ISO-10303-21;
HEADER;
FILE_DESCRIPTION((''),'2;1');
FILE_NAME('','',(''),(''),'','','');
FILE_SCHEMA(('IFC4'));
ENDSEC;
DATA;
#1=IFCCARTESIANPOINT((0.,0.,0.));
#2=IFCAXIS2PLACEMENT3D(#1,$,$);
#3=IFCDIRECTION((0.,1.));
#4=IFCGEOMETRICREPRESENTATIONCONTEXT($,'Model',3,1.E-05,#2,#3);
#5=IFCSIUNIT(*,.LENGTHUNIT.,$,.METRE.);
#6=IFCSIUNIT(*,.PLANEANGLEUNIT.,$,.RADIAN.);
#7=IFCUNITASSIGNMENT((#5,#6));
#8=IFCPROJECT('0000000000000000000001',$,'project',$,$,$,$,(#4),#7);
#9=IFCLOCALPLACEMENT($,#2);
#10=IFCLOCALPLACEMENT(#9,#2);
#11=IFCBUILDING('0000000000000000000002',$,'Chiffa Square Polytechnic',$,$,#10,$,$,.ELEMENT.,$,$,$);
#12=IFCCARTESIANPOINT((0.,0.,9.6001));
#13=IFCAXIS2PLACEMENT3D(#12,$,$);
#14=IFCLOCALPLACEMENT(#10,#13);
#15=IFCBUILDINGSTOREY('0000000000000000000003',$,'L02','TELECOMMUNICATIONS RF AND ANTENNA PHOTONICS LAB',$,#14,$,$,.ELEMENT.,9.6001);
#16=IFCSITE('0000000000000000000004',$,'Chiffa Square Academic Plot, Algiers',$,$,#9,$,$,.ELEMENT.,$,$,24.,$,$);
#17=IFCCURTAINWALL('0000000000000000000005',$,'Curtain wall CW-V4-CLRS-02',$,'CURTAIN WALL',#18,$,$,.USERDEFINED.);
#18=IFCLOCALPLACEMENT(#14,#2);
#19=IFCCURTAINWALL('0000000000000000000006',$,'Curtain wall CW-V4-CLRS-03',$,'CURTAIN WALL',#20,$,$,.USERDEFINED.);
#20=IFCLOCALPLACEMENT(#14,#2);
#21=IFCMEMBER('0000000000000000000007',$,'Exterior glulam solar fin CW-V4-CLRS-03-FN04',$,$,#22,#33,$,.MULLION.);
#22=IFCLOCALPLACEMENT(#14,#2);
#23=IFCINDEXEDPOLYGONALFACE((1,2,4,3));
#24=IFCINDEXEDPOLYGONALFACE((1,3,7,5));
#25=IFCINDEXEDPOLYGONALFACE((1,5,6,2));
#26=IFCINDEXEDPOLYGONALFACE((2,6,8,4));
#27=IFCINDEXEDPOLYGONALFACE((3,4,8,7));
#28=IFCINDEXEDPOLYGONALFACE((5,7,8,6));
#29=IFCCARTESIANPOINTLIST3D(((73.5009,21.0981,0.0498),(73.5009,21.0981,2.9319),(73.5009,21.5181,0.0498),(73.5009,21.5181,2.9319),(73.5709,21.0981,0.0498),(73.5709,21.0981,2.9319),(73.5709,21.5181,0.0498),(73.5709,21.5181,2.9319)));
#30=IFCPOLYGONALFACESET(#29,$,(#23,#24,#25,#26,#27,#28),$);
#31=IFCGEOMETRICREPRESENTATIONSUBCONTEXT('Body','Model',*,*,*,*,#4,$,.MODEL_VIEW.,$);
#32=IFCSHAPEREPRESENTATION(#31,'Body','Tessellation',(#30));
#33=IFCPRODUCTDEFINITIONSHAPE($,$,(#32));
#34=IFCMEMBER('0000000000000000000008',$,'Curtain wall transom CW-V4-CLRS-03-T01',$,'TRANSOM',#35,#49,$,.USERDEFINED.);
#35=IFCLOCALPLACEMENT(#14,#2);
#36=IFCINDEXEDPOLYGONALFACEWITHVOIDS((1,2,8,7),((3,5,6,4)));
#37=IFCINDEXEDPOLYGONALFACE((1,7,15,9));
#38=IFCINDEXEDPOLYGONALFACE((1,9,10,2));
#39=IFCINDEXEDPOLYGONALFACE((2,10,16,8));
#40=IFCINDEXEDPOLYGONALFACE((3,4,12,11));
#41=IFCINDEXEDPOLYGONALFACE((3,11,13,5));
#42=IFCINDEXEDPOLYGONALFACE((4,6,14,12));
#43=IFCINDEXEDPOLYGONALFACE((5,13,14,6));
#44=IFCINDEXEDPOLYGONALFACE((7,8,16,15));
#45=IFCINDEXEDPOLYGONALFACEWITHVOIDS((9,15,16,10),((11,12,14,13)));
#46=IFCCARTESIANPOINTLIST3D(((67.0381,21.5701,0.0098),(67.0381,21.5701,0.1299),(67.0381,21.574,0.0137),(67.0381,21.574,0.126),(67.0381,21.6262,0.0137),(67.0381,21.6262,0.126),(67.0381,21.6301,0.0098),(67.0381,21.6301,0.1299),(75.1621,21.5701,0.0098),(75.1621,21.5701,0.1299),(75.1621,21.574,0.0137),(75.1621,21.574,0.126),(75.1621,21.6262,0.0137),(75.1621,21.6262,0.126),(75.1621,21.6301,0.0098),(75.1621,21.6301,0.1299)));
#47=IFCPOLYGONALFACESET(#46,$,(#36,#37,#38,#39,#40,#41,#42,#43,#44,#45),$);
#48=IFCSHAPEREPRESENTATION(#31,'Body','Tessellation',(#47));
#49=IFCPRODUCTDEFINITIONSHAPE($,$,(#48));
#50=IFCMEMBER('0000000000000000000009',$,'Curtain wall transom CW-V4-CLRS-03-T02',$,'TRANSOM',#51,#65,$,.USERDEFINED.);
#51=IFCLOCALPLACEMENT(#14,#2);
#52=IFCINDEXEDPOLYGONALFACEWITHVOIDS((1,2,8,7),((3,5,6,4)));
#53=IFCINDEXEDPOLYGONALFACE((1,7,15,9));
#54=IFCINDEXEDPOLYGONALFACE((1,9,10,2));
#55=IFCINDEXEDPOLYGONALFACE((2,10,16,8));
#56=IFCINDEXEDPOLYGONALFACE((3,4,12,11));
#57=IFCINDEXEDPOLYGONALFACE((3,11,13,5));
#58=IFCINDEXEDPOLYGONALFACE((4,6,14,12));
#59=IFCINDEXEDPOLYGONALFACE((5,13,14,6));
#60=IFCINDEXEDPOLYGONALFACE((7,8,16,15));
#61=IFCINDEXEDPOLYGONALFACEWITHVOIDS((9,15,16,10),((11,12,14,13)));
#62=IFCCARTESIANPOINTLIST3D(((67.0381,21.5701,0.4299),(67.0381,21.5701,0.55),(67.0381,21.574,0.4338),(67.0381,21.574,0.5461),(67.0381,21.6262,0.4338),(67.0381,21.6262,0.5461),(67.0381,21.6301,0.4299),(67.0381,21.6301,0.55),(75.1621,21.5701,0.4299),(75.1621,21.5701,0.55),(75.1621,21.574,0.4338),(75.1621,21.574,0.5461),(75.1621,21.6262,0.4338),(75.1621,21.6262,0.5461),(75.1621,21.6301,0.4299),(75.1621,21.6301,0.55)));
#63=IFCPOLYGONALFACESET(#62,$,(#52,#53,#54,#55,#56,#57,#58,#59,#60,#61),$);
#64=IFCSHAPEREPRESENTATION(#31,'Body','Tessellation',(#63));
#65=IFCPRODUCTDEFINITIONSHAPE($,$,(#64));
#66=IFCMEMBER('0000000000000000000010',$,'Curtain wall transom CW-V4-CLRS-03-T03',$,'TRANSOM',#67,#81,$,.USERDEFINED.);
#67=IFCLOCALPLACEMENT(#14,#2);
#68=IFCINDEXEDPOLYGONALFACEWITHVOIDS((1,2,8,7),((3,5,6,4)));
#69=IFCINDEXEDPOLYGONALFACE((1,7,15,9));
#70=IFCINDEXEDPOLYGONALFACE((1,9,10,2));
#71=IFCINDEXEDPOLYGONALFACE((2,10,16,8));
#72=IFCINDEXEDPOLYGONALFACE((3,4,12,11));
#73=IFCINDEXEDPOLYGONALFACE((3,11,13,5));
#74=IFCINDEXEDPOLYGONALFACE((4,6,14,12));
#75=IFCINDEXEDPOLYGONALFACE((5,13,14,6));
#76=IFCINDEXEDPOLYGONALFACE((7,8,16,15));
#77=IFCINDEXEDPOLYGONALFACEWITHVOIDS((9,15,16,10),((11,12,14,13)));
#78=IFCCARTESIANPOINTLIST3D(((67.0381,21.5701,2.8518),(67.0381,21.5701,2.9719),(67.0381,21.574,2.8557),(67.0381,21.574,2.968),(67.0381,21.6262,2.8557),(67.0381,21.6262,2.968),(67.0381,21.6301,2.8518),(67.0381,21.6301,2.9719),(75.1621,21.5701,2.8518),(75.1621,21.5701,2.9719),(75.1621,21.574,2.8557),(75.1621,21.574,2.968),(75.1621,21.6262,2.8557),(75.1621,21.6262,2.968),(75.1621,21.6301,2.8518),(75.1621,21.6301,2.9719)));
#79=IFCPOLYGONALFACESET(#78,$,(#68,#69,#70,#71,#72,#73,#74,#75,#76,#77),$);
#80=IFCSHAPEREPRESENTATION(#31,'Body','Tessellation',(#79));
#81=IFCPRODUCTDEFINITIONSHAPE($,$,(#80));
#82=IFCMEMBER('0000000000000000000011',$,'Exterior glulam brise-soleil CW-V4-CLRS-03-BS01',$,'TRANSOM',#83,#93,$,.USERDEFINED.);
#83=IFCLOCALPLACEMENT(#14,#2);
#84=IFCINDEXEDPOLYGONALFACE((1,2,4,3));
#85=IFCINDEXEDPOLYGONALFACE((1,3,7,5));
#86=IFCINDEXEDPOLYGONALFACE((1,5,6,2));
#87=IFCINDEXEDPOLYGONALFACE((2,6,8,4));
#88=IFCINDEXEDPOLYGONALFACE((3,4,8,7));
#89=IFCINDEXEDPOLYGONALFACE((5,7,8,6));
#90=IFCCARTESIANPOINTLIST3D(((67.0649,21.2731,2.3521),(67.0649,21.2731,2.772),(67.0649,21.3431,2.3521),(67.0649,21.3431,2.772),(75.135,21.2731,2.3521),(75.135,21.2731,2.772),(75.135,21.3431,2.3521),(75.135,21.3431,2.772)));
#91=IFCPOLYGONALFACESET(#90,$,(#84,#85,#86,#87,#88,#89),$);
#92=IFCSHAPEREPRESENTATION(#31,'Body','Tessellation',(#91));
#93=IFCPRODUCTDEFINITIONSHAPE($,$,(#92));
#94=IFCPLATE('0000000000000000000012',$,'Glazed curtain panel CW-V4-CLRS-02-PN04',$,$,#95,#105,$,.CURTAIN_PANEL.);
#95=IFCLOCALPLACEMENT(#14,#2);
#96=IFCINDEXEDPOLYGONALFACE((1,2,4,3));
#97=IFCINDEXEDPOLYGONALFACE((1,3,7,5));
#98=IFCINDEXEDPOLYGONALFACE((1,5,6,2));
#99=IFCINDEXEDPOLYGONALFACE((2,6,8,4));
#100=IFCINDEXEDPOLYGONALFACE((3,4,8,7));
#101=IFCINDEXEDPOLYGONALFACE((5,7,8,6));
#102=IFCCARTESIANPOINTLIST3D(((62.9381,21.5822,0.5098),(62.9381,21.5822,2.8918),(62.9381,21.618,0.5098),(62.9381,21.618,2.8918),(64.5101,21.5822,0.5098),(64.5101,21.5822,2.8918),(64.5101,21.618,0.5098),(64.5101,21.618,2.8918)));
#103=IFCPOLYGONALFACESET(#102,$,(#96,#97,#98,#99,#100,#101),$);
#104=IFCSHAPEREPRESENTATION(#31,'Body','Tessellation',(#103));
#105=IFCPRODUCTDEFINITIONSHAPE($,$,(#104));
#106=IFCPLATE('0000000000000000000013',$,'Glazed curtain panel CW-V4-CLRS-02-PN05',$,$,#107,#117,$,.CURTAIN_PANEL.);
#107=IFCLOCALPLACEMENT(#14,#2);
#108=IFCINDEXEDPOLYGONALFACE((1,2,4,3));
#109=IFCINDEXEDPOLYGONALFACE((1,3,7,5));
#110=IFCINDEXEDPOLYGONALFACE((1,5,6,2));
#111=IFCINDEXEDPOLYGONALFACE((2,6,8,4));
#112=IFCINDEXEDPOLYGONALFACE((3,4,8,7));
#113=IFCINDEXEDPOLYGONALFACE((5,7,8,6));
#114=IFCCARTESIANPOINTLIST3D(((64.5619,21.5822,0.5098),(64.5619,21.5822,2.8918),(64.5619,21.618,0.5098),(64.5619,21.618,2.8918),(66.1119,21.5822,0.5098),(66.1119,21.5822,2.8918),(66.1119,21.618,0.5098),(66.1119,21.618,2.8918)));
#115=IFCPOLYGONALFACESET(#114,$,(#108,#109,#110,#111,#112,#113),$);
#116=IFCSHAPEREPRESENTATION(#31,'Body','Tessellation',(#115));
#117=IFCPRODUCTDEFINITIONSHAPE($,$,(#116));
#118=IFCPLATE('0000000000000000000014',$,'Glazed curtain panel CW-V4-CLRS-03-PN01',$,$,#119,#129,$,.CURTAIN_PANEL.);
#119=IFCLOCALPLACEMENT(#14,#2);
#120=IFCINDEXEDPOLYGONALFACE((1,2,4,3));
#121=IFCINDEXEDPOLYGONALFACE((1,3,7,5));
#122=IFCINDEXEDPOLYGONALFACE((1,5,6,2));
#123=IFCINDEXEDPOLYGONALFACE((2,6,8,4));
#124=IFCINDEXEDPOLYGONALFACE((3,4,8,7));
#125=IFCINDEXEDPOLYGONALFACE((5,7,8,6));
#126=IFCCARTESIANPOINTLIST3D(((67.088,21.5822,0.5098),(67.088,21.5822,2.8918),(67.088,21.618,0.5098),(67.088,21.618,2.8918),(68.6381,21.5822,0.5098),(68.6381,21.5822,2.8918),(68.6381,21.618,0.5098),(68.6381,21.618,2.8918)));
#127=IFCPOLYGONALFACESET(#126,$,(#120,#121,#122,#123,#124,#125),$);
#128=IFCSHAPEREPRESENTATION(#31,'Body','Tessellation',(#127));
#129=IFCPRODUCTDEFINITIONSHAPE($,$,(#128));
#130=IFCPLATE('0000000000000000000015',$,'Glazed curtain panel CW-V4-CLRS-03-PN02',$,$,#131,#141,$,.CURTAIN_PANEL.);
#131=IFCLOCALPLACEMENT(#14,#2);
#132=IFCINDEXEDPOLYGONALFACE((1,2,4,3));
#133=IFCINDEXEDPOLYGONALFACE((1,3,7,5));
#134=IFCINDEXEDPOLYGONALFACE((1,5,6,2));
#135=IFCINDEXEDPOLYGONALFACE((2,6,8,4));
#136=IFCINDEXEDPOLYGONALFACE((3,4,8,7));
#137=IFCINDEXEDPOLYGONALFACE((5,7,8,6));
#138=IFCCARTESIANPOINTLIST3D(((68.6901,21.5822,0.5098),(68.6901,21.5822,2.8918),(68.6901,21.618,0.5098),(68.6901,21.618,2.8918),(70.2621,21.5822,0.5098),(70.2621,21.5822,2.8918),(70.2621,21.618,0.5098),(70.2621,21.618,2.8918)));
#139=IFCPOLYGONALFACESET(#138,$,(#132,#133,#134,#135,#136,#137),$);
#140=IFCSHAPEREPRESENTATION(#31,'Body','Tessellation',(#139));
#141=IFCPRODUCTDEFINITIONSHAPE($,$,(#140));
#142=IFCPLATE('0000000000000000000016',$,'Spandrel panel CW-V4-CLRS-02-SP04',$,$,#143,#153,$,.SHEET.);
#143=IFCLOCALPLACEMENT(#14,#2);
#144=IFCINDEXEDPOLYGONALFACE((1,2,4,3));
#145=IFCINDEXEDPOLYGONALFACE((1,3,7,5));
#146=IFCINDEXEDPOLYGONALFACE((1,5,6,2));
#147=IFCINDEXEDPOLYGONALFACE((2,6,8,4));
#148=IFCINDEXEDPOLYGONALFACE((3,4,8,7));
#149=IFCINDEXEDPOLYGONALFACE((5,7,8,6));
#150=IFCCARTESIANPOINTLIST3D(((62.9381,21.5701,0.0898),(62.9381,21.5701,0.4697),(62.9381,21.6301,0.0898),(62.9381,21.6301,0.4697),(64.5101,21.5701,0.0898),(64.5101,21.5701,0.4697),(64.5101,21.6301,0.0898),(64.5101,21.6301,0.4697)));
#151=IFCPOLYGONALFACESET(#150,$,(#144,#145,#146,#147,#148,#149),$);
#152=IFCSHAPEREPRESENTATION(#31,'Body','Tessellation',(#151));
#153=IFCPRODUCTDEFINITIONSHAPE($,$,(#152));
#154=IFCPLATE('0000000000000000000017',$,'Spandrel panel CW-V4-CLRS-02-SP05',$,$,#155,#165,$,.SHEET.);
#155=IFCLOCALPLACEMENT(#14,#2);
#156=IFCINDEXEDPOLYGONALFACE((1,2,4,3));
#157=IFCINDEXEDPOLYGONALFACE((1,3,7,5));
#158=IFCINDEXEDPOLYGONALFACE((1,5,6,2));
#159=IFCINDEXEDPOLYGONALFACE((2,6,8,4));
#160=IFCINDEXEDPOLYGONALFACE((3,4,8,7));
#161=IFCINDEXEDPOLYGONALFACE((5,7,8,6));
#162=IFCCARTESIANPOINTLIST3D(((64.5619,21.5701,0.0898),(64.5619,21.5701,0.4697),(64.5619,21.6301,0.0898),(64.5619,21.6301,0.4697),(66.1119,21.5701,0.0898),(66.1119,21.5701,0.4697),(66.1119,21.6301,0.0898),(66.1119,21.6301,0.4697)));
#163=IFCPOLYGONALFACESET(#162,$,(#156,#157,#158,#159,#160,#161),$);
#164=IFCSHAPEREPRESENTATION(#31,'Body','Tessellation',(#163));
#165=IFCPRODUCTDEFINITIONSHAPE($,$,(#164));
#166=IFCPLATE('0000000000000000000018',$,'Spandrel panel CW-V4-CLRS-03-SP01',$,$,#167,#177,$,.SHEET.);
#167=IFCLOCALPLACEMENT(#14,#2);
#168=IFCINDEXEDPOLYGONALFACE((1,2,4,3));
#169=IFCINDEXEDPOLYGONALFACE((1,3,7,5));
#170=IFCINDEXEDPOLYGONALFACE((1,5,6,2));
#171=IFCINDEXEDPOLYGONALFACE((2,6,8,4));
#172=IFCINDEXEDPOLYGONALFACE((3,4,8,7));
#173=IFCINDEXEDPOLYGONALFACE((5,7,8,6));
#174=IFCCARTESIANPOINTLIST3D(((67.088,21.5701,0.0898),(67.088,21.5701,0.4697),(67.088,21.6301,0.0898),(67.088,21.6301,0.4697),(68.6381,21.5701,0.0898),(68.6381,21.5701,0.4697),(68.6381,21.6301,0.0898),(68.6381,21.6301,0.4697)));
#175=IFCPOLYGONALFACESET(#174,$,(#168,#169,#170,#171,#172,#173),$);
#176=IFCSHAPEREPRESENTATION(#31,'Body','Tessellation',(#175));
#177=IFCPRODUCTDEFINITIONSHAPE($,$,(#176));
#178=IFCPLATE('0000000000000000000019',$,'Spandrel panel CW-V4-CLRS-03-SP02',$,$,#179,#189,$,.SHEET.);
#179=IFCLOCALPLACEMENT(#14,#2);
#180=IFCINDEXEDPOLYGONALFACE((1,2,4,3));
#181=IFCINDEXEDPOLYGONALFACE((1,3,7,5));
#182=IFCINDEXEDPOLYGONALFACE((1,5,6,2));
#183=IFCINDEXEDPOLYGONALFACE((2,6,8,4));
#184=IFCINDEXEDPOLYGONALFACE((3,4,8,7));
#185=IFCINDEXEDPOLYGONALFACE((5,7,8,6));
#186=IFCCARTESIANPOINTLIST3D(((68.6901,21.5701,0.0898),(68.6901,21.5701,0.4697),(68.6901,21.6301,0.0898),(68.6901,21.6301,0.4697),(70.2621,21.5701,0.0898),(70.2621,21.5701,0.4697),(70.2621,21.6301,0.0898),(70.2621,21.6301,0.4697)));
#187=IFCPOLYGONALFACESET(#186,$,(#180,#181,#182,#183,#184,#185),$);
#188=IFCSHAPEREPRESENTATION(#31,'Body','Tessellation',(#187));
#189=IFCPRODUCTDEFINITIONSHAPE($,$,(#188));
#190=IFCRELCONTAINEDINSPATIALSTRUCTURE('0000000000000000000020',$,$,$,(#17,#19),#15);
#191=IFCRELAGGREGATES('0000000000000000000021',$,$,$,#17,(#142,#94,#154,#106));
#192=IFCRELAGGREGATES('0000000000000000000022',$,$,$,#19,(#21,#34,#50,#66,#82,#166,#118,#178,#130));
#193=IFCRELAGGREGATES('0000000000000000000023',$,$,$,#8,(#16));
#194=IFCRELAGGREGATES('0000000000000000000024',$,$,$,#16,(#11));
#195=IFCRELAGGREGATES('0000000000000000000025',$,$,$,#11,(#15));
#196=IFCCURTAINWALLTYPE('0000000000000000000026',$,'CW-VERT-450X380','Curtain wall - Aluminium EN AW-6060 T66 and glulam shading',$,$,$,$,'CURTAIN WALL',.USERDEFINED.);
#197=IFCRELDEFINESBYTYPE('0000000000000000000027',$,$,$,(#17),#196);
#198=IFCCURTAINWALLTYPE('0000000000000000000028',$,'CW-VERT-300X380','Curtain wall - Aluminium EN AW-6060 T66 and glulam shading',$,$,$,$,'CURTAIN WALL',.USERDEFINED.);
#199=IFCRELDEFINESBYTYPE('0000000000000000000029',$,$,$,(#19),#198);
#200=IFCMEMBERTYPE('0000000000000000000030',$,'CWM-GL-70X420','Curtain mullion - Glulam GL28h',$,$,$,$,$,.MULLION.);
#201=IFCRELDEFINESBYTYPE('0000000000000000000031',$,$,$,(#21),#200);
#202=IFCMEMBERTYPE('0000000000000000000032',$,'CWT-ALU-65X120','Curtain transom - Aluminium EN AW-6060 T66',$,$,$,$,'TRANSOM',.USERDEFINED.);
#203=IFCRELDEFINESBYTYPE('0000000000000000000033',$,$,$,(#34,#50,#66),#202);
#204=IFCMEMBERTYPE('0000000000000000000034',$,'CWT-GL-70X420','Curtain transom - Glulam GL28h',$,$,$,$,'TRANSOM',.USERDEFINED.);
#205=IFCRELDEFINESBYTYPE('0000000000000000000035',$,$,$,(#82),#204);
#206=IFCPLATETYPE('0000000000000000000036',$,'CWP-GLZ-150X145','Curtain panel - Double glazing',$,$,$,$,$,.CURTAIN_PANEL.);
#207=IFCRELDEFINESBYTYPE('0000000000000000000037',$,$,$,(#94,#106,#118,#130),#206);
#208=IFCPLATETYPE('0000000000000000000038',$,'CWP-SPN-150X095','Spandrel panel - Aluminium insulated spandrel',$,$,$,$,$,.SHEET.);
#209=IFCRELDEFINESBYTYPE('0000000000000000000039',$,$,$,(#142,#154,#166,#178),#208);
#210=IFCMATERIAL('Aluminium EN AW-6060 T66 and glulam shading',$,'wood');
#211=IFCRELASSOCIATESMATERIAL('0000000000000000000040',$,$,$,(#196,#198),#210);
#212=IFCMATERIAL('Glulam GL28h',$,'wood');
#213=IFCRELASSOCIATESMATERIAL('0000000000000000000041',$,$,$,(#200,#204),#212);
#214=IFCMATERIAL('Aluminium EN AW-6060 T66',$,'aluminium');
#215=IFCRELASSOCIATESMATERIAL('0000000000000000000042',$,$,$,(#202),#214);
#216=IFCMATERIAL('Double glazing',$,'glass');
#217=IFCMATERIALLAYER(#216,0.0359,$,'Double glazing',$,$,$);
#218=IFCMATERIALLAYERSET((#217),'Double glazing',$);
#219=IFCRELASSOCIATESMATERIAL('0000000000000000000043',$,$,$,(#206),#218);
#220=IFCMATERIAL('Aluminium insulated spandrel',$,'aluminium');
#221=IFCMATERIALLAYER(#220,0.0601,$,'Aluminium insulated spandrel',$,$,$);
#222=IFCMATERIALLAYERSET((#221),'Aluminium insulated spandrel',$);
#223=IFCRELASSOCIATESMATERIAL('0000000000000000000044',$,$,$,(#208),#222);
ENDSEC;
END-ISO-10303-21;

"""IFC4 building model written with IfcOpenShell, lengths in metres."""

from ifc_helpers import new_model, si_unit, direction, frame, origin, origin_2d, place, context, subcontext, project, spatial, rectangle, hollow_rectangle, extrude, material, layer, layer_set, material_profile, profile_set, type_object, element, aggregate, save


model = new_model("IFC4")

# Units and contexts
model_context = context("Model", 3, precision=1e-05, world=origin(), true_north=direction((0.0, 1.0)))
body_context = subcontext(model_context, "Body", "Model", "MODEL_VIEW")
ifc_project = project(units=[si_unit("LENGTHUNIT", "METRE"), si_unit("PLANEANGLEUNIT", "RADIAN")], contexts=[model_context])

# Site, building, storey
site_placement = place(None, origin())
site = spatial("IfcSite", under=ifc_project, at=site_placement, Name="Chiffa Square Academic Plot, Algiers", CompositionType="ELEMENT", RefElevation=24.0)
building_placement = place(site_placement, origin())
building = spatial("IfcBuilding", under=site, at=building_placement, Name="Chiffa Square Polytechnic", CompositionType="ELEMENT")
storey_placement = place(building_placement, frame((0.0, 0.0, 9.6001)))
storey = spatial("IfcBuildingStorey", under=building, at=storey_placement, Name="L02", Description="TELECOMMUNICATIONS RF AND ANTENNA PHOTONICS LAB", CompositionType="ELEMENT", Elevation=9.6001)

# Curtain walls
ifc_material_1 = material(Name="Aluminium EN AW-6060 T66 and glulam shading", Category="wood")
curtain_wall_type_1 = type_object("IfcCurtainWallType", Name="CW-VERT-450X380", Description="Curtain wall - Aluminium EN AW-6060 T66 and glulam shading", ElementType="CURTAIN WALL", PredefinedType="USERDEFINED", material=ifc_material_1)
curtain_wall_1_placement = place(storey_placement, origin())
curtain_wall_1 = element("IfcCurtainWall", 1, at=curtain_wall_1_placement, inside=storey, type_object=curtain_wall_type_1, Name="Curtain wall CW-V4-CLRS-02", ObjectType="CURTAIN WALL", PredefinedType="USERDEFINED")
ifc_material_2 = material(Name="Aluminium EN AW-6060 T66", Category="aluminium")
curtain_wall_type_2 = type_object("IfcCurtainWallType", Name="CW-VERT-300X380", Description="Curtain wall - Aluminium EN AW-6060 T66 and glulam shading", ElementType="CURTAIN WALL", PredefinedType="USERDEFINED", material=ifc_material_1)
curtain_wall_2_placement = place(storey_placement, origin())
curtain_wall_2 = element("IfcCurtainWall", 2, at=curtain_wall_2_placement, inside=storey, type_object=curtain_wall_type_2, Name="Curtain wall CW-V4-CLRS-03", ObjectType="CURTAIN WALL", PredefinedType="USERDEFINED")

# Members
ifc_material_3 = material(Name="Glulam GL28h", Category="wood")
ifc_material_profile_1 = material_profile(ifc_material_3, rectangle(XDim=0.0701, YDim=0.4199, at=origin_2d()), Name="GL28h 70x420")
ifc_profile_set_1 = profile_set([ifc_material_profile_1], Name="Glulam GL28h")
member_type_1 = type_object("IfcMemberType", Name="CWM-GL-70X420", Description="Curtain mullion - Glulam GL28h", PredefinedType="MULLION", material=ifc_profile_set_1)
member_1_placement = place(storey_placement, frame((73.5359, 21.3081, 0.0498), z_axis=(0.0, 0.0, 1.0), x_axis=(1.0, 0.0, 0.0)))
member_1 = element("IfcMember", 3, at=member_1_placement, type_object=member_type_1, Name="Exterior glulam solar fin CW-V4-CLRS-03-FN04", PredefinedType="MULLION", context=body_context, shape_type="SweptSolid", body=[
    extrude(rectangle(XDim=0.0701, YDim=0.4199, at=origin_2d()), origin(), (0.0, 0.0, 1.0), 2.8821),
])
ifc_material_profile_2 = material_profile(ifc_material_2, hollow_rectangle(XDim=0.0601, YDim=0.1201, WallThickness=0.0039, at=origin_2d()), Name="ALU 60x120x4")
ifc_profile_set_2 = profile_set([ifc_material_profile_2], Name="Aluminium EN AW-6060 T66")
member_type_2 = type_object("IfcMemberType", Name="CWT-ALU-65X120", Description="Curtain transom - Aluminium EN AW-6060 T66", ElementType="TRANSOM", PredefinedType="USERDEFINED", material=ifc_profile_set_2)
member_2_placement = place(storey_placement, frame((67.0381, 21.6001, 0.0698), z_axis=(1.0, 0.0, 0.0), x_axis=(0.0, 1.0, 0.0)))
member_2 = element("IfcMember", 4, at=member_2_placement, type_object=member_type_2, Name="Curtain wall transom CW-V4-CLRS-03-T01", ObjectType="TRANSOM", PredefinedType="USERDEFINED", context=body_context, shape_type="SweptSolid", body=[
    extrude(hollow_rectangle(XDim=0.0601, YDim=0.1201, WallThickness=0.0039, at=origin_2d()), origin(), (0.0, 0.0, 1.0), 8.124),
])
member_3_placement = place(storey_placement, frame((67.0381, 21.6001, 0.49), z_axis=(1.0, 0.0, 0.0), x_axis=(0.0, 1.0, 0.0)))
member_3 = element("IfcMember", 5, at=member_3_placement, type_object=member_type_2, Name="Curtain wall transom CW-V4-CLRS-03-T02", ObjectType="TRANSOM", PredefinedType="USERDEFINED", context=body_context, shape_type="SweptSolid", body=[
    extrude(hollow_rectangle(XDim=0.0601, YDim=0.1201, WallThickness=0.0039, at=origin_2d()), origin(), (0.0, 0.0, 1.0), 8.124),
])
member_4_placement = place(storey_placement, frame((67.0381, 21.6001, 2.9119), z_axis=(1.0, 0.0, 0.0), x_axis=(0.0, 1.0, 0.0)))
member_4 = element("IfcMember", 6, at=member_4_placement, type_object=member_type_2, Name="Curtain wall transom CW-V4-CLRS-03-T03", ObjectType="TRANSOM", PredefinedType="USERDEFINED", context=body_context, shape_type="SweptSolid", body=[
    extrude(hollow_rectangle(XDim=0.0601, YDim=0.1201, WallThickness=0.0039, at=origin_2d()), origin(), (0.0, 0.0, 1.0), 8.124),
])
ifc_material_profile_3 = material_profile(ifc_material_3, rectangle(XDim=0.0701, YDim=0.4199, at=origin_2d()), Name="GL28h 70x420")
ifc_profile_set_3 = profile_set([ifc_material_profile_3], Name="Glulam GL28h")
member_type_3 = type_object("IfcMemberType", Name="CWT-GL-70X420", Description="Curtain transom - Glulam GL28h", ElementType="TRANSOM", PredefinedType="USERDEFINED", material=ifc_profile_set_3)
member_5_placement = place(storey_placement, frame((67.0649, 21.3081, 2.562), z_axis=(1.0, 0.0, 0.0), x_axis=(0.0, 1.0, 0.0)))
member_5 = element("IfcMember", 7, at=member_5_placement, type_object=member_type_3, Name="Exterior glulam brise-soleil CW-V4-CLRS-03-BS01", ObjectType="TRANSOM", PredefinedType="USERDEFINED", context=body_context, shape_type="SweptSolid", body=[
    extrude(rectangle(XDim=0.0701, YDim=0.4199, at=origin_2d()), origin(), (0.0, 0.0, 1.0), 8.0701),
])

# Plates
ifc_material_4 = material(Name="Double glazing", Category="glass")
ifc_layer_1 = layer(ifc_material_4, 0.0359, Name="Double glazing")
ifc_layer_set_1 = layer_set([ifc_layer_1], Name="Double glazing")
plate_type_1 = type_object("IfcPlateType", Name="CWP-GLZ-150X145", Description="Curtain panel - Double glazing", PredefinedType="CURTAIN_PANEL", material=ifc_layer_set_1)
plate_1_placement = place(storey_placement, frame((63.7241, 21.6001, 0.5098), z_axis=(0.0, 0.0, 1.0), x_axis=(1.0, 0.0, 0.0)))
plate_1 = element("IfcPlate", 8, at=plate_1_placement, type_object=plate_type_1, Name="Glazed curtain panel CW-V4-CLRS-02-PN04", PredefinedType="CURTAIN_PANEL", context=body_context, shape_type="SweptSolid", body=[
    extrude(rectangle(XDim=1.572, YDim=0.0359, at=origin_2d()), origin(), (0.0, 0.0, 1.0), 2.3821),
])
plate_2_placement = place(storey_placement, frame((65.3369, 21.6001, 0.5098), z_axis=(0.0, 0.0, 1.0), x_axis=(1.0, 0.0, 0.0)))
plate_2 = element("IfcPlate", 9, at=plate_2_placement, type_object=plate_type_1, Name="Glazed curtain panel CW-V4-CLRS-02-PN05", PredefinedType="CURTAIN_PANEL", context=body_context, shape_type="SweptSolid", body=[
    extrude(rectangle(XDim=1.55, YDim=0.0359, at=origin_2d()), origin(), (0.0, 0.0, 1.0), 2.3821),
])
plate_3_placement = place(storey_placement, frame((67.863, 21.6001, 0.5098), z_axis=(0.0, 0.0, 1.0), x_axis=(1.0, 0.0, 0.0)))
plate_3 = element("IfcPlate", 10, at=plate_3_placement, type_object=plate_type_1, Name="Glazed curtain panel CW-V4-CLRS-03-PN01", PredefinedType="CURTAIN_PANEL", context=body_context, shape_type="SweptSolid", body=[
    extrude(rectangle(XDim=1.55, YDim=0.0359, at=origin_2d()), origin(), (0.0, 0.0, 1.0), 2.3821),
])
plate_4_placement = place(storey_placement, frame((69.4761, 21.6001, 0.5098), z_axis=(0.0, 0.0, 1.0), x_axis=(1.0, 0.0, 0.0)))
plate_4 = element("IfcPlate", 11, at=plate_4_placement, type_object=plate_type_1, Name="Glazed curtain panel CW-V4-CLRS-03-PN02", PredefinedType="CURTAIN_PANEL", context=body_context, shape_type="SweptSolid", body=[
    extrude(rectangle(XDim=1.572, YDim=0.0359, at=origin_2d()), origin(), (0.0, 0.0, 1.0), 2.3821),
])
ifc_material_5 = material(Name="Aluminium insulated spandrel", Category="aluminium")
ifc_layer_2 = layer(ifc_material_5, 0.0601, Name="Aluminium insulated spandrel")
ifc_layer_set_2 = layer_set([ifc_layer_2], Name="Aluminium insulated spandrel")
plate_type_2 = type_object("IfcPlateType", Name="CWP-SPN-150X095", Description="Spandrel panel - Aluminium insulated spandrel", PredefinedType="SHEET", material=ifc_layer_set_2)
plate_5_placement = place(storey_placement, frame((63.7241, 21.6001, 0.0898), z_axis=(0.0, 0.0, 1.0), x_axis=(1.0, 0.0, 0.0)))
plate_5 = element("IfcPlate", 12, at=plate_5_placement, type_object=plate_type_2, Name="Spandrel panel CW-V4-CLRS-02-SP04", PredefinedType="SHEET", context=body_context, shape_type="SweptSolid", body=[
    extrude(rectangle(XDim=1.572, YDim=0.0601, at=origin_2d()), origin(), (0.0, 0.0, 1.0), 0.3799),
])
plate_6_placement = place(storey_placement, frame((65.3369, 21.6001, 0.0898), z_axis=(0.0, 0.0, 1.0), x_axis=(1.0, 0.0, 0.0)))
plate_6 = element("IfcPlate", 13, at=plate_6_placement, type_object=plate_type_2, Name="Spandrel panel CW-V4-CLRS-02-SP05", PredefinedType="SHEET", context=body_context, shape_type="SweptSolid", body=[
    extrude(rectangle(XDim=1.55, YDim=0.0601, at=origin_2d()), origin(), (0.0, 0.0, 1.0), 0.3799),
])
aggregate(curtain_wall_1, [plate_5, plate_1, plate_6, plate_2])
plate_7_placement = place(storey_placement, frame((67.863, 21.6001, 0.0898), z_axis=(0.0, 0.0, 1.0), x_axis=(1.0, 0.0, 0.0)))
plate_7 = element("IfcPlate", 14, at=plate_7_placement, type_object=plate_type_2, Name="Spandrel panel CW-V4-CLRS-03-SP01", PredefinedType="SHEET", context=body_context, shape_type="SweptSolid", body=[
    extrude(rectangle(XDim=1.55, YDim=0.0601, at=origin_2d()), origin(), (0.0, 0.0, 1.0), 0.3799),
])
plate_8_placement = place(storey_placement, frame((69.4761, 21.6001, 0.0898), z_axis=(0.0, 0.0, 1.0), x_axis=(1.0, 0.0, 0.0)))
plate_8 = element("IfcPlate", 15, at=plate_8_placement, type_object=plate_type_2, Name="Spandrel panel CW-V4-CLRS-03-SP02", PredefinedType="SHEET", context=body_context, shape_type="SweptSolid", body=[
    extrude(rectangle(XDim=1.572, YDim=0.0601, at=origin_2d()), origin(), (0.0, 0.0, 1.0), 0.3799),
])
aggregate(curtain_wall_2, [member_1, member_2, member_3, member_4, member_5, plate_7, plate_3, plate_8, plate_4])

save(model, "model.ifc")
